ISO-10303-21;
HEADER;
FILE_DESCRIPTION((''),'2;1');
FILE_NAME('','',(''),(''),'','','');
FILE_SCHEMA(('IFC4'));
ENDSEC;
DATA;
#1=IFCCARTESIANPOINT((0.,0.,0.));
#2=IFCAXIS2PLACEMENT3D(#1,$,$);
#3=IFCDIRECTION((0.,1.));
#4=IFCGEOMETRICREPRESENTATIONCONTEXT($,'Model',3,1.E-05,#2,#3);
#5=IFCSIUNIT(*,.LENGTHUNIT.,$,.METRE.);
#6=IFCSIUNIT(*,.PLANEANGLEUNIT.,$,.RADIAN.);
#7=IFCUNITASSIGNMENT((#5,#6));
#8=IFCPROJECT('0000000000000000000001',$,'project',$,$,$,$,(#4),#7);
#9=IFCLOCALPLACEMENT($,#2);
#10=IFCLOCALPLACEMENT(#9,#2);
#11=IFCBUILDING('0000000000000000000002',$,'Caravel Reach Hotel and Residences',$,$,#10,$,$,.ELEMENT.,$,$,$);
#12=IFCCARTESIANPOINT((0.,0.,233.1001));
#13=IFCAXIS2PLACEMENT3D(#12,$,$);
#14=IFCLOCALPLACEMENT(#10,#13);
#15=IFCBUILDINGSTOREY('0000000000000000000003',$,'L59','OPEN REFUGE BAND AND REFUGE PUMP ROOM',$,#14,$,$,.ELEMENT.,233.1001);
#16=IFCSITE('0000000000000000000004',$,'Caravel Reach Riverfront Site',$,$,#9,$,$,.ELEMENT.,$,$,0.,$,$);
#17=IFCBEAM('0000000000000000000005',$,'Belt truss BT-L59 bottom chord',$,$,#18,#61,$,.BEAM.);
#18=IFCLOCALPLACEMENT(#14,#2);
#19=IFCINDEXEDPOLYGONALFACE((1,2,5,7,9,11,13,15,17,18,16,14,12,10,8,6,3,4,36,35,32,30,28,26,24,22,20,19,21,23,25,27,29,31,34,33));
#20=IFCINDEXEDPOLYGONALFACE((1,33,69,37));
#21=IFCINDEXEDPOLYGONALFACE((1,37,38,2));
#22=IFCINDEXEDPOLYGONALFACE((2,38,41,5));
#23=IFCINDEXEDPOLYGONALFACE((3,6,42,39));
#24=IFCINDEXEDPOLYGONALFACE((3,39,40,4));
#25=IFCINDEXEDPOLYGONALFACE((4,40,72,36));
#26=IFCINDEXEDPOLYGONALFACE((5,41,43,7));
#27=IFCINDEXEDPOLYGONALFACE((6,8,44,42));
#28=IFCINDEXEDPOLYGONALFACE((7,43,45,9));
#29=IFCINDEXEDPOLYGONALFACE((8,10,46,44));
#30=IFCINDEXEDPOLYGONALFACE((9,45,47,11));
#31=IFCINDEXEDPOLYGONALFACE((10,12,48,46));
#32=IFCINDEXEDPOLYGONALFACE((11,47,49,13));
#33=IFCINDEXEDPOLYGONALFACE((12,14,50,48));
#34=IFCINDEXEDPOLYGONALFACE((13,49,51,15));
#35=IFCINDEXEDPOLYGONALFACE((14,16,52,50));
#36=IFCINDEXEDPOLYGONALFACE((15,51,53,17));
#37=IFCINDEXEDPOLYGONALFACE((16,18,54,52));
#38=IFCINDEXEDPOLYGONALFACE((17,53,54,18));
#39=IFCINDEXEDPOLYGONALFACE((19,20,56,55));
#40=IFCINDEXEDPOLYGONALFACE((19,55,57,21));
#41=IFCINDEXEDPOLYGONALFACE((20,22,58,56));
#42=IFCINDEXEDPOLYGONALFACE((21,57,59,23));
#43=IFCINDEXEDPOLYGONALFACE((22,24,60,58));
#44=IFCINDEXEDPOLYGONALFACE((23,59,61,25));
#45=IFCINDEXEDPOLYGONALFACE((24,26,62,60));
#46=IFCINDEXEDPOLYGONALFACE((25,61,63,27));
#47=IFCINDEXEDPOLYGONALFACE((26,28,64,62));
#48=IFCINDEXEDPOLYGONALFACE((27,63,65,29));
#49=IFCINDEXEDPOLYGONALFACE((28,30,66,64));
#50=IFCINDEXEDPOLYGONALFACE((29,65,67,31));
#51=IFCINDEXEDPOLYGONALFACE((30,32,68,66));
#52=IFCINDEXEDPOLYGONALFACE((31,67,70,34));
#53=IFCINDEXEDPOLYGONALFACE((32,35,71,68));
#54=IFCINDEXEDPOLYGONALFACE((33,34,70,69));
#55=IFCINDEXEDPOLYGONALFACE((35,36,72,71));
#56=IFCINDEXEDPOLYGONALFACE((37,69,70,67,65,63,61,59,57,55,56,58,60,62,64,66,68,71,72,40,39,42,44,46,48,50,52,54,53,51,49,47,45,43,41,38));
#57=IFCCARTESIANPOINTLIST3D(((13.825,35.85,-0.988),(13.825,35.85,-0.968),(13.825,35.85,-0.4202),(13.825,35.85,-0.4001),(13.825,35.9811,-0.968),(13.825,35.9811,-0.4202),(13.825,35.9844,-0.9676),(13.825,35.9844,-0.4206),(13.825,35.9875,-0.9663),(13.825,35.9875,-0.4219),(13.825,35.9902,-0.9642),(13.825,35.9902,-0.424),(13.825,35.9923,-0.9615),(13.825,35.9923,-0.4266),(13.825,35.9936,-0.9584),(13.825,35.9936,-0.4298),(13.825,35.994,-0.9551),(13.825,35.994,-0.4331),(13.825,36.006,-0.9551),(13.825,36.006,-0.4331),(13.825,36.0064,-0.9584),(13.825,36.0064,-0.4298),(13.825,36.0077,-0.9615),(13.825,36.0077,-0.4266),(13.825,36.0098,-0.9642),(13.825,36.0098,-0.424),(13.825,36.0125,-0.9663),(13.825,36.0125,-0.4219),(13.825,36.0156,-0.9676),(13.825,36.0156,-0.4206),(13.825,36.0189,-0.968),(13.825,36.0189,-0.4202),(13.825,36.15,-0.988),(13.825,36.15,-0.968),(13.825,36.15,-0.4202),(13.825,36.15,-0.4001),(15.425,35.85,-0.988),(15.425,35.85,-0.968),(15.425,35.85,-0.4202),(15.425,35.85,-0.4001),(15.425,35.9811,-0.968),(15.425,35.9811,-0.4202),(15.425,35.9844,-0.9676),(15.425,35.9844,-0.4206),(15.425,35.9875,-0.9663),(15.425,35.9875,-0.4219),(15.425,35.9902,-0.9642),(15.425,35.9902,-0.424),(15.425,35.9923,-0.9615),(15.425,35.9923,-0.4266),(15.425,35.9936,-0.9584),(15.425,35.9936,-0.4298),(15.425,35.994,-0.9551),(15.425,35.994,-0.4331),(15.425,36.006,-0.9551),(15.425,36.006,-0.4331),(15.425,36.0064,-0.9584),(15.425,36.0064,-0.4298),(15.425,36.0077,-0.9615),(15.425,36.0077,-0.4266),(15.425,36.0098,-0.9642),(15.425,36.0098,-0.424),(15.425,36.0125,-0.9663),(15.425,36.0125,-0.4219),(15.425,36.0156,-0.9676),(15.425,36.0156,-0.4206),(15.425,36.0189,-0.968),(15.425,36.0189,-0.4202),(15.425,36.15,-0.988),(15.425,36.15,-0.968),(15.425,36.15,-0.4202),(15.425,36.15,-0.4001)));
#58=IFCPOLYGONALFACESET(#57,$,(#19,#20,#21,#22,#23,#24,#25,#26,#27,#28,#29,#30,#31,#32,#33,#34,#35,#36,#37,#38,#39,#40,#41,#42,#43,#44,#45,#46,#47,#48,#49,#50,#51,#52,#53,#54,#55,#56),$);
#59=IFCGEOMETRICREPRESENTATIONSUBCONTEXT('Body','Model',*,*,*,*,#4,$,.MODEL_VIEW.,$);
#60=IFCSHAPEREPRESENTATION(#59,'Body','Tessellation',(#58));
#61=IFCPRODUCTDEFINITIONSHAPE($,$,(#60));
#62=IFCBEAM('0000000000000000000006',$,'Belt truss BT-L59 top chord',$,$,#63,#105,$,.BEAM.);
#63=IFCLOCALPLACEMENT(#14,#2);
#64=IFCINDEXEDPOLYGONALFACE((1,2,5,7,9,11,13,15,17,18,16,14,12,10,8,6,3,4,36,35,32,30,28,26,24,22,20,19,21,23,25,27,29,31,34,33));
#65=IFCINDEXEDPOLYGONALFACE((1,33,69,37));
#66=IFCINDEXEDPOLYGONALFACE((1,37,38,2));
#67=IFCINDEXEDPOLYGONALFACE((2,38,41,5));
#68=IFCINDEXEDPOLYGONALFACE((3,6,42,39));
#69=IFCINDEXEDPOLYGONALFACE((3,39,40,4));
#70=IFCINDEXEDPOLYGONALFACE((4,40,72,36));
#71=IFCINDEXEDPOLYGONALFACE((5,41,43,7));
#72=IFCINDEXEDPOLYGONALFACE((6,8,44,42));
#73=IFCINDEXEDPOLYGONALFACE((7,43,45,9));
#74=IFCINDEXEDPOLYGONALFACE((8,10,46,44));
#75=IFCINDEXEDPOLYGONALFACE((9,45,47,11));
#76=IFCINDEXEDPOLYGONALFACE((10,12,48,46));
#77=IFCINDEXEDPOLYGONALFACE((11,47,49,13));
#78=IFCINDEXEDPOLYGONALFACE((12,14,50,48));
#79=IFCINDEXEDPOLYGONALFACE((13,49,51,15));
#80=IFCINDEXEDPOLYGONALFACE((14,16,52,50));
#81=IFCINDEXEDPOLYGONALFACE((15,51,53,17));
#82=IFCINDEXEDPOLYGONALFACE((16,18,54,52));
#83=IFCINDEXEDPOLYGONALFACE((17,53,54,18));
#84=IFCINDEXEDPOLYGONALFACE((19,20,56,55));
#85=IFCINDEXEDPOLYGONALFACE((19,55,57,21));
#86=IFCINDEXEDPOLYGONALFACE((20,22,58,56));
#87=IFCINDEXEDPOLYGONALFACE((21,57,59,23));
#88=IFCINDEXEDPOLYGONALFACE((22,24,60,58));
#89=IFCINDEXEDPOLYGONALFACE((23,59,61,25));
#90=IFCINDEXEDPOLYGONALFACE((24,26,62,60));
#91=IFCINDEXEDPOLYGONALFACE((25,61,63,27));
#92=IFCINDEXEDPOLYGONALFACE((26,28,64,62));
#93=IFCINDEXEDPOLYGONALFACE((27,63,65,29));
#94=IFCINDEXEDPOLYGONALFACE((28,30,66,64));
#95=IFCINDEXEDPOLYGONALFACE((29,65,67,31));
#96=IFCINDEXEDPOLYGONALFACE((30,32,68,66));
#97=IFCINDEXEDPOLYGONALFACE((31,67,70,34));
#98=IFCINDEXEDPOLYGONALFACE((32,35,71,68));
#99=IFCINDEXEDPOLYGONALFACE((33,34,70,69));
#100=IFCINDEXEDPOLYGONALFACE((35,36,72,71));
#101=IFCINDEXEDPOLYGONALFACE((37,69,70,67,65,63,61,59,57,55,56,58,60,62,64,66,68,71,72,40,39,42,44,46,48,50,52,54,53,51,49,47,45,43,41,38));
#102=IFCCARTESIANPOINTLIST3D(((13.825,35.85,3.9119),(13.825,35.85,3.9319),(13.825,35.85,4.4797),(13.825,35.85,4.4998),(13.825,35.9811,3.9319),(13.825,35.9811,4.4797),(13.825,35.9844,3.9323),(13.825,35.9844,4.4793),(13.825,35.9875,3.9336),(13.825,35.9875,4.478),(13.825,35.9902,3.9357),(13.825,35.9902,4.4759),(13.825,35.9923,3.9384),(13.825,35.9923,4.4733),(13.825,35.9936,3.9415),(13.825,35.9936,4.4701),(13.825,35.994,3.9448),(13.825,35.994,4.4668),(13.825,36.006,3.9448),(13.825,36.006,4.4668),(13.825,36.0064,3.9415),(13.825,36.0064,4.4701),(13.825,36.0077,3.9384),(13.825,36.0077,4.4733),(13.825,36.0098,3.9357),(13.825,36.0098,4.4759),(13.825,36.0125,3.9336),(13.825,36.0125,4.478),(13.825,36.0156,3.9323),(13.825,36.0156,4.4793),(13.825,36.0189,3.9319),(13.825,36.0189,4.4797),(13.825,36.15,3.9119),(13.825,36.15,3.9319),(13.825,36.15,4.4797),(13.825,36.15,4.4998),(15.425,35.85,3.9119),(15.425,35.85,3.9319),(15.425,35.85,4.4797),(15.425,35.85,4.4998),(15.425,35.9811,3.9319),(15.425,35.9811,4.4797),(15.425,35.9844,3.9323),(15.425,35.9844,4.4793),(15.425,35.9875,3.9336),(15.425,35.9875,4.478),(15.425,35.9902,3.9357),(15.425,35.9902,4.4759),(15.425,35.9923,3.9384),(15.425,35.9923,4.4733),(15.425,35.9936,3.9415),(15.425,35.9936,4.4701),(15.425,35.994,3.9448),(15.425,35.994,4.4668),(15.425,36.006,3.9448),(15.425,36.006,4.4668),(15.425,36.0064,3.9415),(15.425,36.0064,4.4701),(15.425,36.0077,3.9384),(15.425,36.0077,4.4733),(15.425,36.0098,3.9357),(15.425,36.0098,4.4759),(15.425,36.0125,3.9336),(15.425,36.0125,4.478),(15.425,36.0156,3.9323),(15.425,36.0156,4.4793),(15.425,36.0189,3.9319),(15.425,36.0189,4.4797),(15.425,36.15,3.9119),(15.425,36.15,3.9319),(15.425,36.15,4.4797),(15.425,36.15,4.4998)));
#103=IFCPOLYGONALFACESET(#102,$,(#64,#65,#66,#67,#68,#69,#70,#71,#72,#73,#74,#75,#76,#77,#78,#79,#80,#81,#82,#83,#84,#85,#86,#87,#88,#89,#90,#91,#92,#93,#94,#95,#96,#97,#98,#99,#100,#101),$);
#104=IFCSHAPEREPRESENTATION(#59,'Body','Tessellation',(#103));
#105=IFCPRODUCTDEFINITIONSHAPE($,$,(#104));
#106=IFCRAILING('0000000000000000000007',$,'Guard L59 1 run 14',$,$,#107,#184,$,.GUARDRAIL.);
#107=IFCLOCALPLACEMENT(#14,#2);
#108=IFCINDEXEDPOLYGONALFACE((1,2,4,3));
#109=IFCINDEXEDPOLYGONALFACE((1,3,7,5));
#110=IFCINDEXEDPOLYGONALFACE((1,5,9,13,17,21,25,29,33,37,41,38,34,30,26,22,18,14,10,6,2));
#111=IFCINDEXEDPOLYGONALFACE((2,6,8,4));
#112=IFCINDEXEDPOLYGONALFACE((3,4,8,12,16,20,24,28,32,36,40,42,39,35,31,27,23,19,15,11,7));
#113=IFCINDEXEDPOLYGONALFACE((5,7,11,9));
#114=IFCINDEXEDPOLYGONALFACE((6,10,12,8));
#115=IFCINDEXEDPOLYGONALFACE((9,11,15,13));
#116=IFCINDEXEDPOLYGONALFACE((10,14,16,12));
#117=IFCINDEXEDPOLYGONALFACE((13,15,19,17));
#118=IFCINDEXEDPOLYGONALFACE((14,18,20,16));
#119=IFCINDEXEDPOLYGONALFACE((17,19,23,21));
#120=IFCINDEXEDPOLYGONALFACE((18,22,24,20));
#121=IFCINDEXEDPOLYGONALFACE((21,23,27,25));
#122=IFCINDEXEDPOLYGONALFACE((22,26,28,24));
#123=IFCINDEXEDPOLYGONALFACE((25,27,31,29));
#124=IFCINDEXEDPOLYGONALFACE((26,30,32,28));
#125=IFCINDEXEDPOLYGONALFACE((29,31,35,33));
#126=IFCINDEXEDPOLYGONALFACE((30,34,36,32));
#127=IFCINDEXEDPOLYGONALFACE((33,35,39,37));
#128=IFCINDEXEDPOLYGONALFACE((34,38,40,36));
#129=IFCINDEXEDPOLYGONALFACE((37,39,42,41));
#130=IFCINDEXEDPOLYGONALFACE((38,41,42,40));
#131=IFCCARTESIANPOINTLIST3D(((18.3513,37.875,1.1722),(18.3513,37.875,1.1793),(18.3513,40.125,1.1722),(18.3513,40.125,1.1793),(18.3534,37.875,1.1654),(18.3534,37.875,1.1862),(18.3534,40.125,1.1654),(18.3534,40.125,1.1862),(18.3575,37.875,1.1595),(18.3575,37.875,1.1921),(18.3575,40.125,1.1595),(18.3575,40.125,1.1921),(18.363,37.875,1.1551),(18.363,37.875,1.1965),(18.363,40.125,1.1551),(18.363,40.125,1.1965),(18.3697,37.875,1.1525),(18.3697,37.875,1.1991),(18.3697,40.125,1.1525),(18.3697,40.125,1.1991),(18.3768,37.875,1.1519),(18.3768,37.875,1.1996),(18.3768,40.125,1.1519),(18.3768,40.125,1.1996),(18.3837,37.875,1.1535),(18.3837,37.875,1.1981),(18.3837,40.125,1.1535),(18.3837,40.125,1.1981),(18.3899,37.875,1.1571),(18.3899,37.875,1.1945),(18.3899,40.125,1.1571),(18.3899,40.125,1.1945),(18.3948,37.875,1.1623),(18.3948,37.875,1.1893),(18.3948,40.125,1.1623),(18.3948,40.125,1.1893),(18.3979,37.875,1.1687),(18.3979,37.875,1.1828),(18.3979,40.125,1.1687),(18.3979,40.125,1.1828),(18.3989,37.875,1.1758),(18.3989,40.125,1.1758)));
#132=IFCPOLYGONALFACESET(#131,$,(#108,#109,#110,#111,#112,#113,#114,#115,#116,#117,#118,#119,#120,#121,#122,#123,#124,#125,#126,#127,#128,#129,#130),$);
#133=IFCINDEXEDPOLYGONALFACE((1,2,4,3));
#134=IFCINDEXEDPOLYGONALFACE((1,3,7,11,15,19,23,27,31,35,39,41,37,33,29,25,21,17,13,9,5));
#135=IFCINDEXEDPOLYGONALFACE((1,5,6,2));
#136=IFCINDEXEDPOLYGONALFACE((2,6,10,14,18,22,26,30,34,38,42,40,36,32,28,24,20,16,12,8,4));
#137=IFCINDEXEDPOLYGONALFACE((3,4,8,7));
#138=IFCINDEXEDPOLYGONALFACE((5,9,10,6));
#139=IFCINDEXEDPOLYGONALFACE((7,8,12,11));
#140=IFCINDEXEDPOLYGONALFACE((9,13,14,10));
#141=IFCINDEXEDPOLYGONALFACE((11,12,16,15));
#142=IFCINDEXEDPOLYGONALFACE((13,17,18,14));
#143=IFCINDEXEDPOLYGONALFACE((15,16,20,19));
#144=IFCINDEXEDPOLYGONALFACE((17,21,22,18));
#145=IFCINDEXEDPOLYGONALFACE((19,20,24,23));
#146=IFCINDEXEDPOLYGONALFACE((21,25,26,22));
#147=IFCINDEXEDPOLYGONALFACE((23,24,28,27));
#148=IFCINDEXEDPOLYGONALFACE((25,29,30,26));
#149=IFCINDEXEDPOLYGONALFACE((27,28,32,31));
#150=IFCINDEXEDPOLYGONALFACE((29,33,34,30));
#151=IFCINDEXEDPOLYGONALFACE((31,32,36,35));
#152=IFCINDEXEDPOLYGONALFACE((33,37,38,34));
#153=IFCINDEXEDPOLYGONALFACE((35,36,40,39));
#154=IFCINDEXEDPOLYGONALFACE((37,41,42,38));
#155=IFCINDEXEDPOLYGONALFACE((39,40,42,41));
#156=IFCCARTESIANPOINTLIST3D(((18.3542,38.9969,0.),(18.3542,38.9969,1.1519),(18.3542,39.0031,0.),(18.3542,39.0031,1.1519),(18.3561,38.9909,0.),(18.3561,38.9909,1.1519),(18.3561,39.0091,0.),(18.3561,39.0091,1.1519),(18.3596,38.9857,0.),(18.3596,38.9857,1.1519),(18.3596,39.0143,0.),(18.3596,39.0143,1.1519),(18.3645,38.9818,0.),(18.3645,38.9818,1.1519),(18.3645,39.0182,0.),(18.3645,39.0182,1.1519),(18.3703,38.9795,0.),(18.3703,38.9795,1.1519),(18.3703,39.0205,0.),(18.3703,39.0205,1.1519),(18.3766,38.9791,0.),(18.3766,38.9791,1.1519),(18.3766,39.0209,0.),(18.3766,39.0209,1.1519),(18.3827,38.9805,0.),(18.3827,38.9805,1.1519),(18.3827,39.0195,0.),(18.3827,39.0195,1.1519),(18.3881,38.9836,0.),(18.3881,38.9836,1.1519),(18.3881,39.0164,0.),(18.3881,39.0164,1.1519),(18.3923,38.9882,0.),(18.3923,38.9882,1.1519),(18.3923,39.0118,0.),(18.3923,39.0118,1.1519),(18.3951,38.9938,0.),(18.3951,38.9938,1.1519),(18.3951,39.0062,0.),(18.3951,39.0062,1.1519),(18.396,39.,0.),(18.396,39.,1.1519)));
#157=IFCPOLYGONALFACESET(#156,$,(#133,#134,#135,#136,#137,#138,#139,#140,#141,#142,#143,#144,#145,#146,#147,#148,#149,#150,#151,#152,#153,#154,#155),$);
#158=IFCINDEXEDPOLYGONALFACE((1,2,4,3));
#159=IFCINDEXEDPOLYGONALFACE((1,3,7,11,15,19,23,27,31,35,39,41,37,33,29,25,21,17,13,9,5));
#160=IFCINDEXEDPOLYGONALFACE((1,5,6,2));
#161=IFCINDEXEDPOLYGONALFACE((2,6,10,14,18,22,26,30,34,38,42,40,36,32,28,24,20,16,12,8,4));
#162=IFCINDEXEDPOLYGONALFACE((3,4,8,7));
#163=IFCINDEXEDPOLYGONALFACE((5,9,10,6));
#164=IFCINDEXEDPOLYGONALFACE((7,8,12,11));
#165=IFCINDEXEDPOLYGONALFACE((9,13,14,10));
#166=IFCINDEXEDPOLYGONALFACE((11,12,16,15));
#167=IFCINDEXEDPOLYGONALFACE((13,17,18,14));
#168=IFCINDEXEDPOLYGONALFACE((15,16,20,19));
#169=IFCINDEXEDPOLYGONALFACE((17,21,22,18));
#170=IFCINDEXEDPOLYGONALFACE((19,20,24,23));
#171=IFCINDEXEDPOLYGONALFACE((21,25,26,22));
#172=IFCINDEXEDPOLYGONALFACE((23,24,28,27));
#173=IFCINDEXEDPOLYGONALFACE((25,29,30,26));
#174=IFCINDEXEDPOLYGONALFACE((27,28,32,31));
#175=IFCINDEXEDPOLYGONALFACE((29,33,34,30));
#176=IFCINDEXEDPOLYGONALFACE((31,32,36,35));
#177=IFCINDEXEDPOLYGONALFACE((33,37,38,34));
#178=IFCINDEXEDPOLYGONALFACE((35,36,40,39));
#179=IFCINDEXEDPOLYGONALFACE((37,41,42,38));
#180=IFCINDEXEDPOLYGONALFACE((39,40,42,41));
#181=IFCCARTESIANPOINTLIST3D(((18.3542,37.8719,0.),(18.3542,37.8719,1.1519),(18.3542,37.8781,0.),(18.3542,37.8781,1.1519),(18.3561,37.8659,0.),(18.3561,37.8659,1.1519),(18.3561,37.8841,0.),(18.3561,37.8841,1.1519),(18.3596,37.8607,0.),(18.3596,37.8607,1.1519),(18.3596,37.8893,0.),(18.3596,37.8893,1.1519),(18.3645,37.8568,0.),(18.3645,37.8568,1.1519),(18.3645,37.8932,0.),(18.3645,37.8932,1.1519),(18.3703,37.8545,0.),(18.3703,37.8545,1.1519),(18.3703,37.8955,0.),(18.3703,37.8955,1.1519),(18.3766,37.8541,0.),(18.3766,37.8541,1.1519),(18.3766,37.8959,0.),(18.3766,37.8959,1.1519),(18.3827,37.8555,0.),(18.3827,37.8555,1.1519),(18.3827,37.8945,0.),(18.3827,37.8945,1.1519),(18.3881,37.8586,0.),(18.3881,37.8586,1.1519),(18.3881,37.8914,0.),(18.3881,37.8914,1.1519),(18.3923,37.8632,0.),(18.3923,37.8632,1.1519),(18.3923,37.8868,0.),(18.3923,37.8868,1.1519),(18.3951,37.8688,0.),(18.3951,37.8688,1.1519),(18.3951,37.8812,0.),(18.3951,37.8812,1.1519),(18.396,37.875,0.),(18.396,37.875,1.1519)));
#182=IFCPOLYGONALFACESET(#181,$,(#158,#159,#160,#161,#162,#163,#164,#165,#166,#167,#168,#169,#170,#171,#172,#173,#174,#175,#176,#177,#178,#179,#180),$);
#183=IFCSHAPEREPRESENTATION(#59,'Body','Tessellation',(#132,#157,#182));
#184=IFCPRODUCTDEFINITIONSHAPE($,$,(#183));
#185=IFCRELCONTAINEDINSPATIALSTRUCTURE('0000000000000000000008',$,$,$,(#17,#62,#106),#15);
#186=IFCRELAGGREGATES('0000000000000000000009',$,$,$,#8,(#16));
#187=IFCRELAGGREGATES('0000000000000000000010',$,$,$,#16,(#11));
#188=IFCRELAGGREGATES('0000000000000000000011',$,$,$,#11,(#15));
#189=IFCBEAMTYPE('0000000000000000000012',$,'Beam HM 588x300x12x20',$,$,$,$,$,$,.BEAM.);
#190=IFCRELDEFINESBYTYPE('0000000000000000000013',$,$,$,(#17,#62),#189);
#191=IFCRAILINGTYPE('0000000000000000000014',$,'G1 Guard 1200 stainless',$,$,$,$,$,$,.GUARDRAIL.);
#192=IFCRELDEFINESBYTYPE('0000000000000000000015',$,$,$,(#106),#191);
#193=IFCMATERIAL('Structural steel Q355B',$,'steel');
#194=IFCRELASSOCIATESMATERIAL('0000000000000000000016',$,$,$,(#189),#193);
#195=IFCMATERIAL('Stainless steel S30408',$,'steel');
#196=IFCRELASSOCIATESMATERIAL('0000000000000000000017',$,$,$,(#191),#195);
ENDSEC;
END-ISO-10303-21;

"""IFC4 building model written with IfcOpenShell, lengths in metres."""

from ifc_helpers import new_model, si_unit, direction, frame, origin, origin_2d, place, context, subcontext, project, spatial, circle, i_section, extrude, material, material_profile, profile_set, type_object, element, save


model = new_model("IFC4")

# Units and contexts
model_context = context("Model", 3, precision=1e-05, world=origin(), true_north=direction((0.0, 1.0)))
body_context = subcontext(model_context, "Body", "Model", "MODEL_VIEW")
ifc_project = project(units=[si_unit("LENGTHUNIT", "METRE"), si_unit("PLANEANGLEUNIT", "RADIAN")], contexts=[model_context])

# Site, building, storey
site_placement = place(None, origin())
site = spatial("IfcSite", under=ifc_project, at=site_placement, Name="Caravel Reach Riverfront Site", CompositionType="ELEMENT", RefElevation=0.0)
building_placement = place(site_placement, origin())
building = spatial("IfcBuilding", under=site, at=building_placement, Name="Caravel Reach Hotel and Residences", CompositionType="ELEMENT")
storey_placement = place(building_placement, frame((0.0, 0.0, 233.1001)))
storey = spatial("IfcBuildingStorey", under=building, at=storey_placement, Name="L59", Description="OPEN REFUGE BAND AND REFUGE PUMP ROOM", CompositionType="ELEMENT", Elevation=233.1001)

# Beams
ifc_material_1 = material(Name="Structural steel Q355B", Category="steel")
ifc_material_profile_1 = material_profile(ifc_material_1, i_section(OverallWidth=0.3, OverallDepth=0.5879, WebThickness=0.012, FlangeThickness=0.02, FilletRadius=0.0129, at=origin_2d()), Name="HM 588x300x12x20")
ifc_profile_set_1 = profile_set([ifc_material_profile_1], Name="Structural steel Q355B")
beam_type = type_object("IfcBeamType", Name="Beam HM 588x300x12x20", PredefinedType="BEAM", material=ifc_profile_set_1)
for number, where, z_axis, x_axis, name in (
    (1, (15.425, 36.0, -0.6941), (-1.0, 0.0, 0.0), (0.0, -1.0, 0.0), "Belt truss BT-L59 bottom chord"),
    (2, (15.425, 36.0, 4.2058), (-1.0, 0.0, 0.0), (0.0, -1.0, 0.0), "Belt truss BT-L59 top chord"),
):
    element("IfcBeam", number, at=place(storey_placement, frame(where, z_axis=z_axis, x_axis=x_axis)), inside=storey, type_object=beam_type, Name=name, PredefinedType="BEAM", context=body_context, shape_type="SweptSolid", body=[
        extrude(i_section(OverallWidth=0.3, OverallDepth=0.5879, WebThickness=0.012, FlangeThickness=0.02, FilletRadius=0.0129, at=origin_2d()), origin(), (0.0, 0.0, 1.0), 1.6001),
    ])

# Railing
ifc_material_2 = material(Name="Stainless steel S30408", Category="steel")
railing_type = type_object("IfcRailingType", Name="G1 Guard 1200 stainless", PredefinedType="GUARDRAIL", material=ifc_material_2)
railing_1_placement = place(storey_placement, frame((18.375, 40.125, 0.0)))
element("IfcRailing", 3, at=railing_1_placement, inside=storey, type_object=railing_type, Name="Guard L59 1 run 14", PredefinedType="GUARDRAIL", context=body_context, shape_type="SweptSolid", body=[
    extrude(circle(Radius=0.0239, at=origin_2d()), frame((0.0, 0.0, 1.1758), z_axis=(0.0, -1.0, 0.0), x_axis=(1.0, 0.0, 0.0)), (0.0, 0.0, 1.0), 2.25),
    extrude(circle(Radius=0.021, at=origin_2d()), frame((0.0, -1.125, 0.0)), (0.0, 0.0, 1.0), 1.1519),
    extrude(circle(Radius=0.021, at=origin_2d()), frame((0.0, -2.25, 0.0)), (0.0, 0.0, 1.0), 1.1519),
])

save(model, "model.ifc")
